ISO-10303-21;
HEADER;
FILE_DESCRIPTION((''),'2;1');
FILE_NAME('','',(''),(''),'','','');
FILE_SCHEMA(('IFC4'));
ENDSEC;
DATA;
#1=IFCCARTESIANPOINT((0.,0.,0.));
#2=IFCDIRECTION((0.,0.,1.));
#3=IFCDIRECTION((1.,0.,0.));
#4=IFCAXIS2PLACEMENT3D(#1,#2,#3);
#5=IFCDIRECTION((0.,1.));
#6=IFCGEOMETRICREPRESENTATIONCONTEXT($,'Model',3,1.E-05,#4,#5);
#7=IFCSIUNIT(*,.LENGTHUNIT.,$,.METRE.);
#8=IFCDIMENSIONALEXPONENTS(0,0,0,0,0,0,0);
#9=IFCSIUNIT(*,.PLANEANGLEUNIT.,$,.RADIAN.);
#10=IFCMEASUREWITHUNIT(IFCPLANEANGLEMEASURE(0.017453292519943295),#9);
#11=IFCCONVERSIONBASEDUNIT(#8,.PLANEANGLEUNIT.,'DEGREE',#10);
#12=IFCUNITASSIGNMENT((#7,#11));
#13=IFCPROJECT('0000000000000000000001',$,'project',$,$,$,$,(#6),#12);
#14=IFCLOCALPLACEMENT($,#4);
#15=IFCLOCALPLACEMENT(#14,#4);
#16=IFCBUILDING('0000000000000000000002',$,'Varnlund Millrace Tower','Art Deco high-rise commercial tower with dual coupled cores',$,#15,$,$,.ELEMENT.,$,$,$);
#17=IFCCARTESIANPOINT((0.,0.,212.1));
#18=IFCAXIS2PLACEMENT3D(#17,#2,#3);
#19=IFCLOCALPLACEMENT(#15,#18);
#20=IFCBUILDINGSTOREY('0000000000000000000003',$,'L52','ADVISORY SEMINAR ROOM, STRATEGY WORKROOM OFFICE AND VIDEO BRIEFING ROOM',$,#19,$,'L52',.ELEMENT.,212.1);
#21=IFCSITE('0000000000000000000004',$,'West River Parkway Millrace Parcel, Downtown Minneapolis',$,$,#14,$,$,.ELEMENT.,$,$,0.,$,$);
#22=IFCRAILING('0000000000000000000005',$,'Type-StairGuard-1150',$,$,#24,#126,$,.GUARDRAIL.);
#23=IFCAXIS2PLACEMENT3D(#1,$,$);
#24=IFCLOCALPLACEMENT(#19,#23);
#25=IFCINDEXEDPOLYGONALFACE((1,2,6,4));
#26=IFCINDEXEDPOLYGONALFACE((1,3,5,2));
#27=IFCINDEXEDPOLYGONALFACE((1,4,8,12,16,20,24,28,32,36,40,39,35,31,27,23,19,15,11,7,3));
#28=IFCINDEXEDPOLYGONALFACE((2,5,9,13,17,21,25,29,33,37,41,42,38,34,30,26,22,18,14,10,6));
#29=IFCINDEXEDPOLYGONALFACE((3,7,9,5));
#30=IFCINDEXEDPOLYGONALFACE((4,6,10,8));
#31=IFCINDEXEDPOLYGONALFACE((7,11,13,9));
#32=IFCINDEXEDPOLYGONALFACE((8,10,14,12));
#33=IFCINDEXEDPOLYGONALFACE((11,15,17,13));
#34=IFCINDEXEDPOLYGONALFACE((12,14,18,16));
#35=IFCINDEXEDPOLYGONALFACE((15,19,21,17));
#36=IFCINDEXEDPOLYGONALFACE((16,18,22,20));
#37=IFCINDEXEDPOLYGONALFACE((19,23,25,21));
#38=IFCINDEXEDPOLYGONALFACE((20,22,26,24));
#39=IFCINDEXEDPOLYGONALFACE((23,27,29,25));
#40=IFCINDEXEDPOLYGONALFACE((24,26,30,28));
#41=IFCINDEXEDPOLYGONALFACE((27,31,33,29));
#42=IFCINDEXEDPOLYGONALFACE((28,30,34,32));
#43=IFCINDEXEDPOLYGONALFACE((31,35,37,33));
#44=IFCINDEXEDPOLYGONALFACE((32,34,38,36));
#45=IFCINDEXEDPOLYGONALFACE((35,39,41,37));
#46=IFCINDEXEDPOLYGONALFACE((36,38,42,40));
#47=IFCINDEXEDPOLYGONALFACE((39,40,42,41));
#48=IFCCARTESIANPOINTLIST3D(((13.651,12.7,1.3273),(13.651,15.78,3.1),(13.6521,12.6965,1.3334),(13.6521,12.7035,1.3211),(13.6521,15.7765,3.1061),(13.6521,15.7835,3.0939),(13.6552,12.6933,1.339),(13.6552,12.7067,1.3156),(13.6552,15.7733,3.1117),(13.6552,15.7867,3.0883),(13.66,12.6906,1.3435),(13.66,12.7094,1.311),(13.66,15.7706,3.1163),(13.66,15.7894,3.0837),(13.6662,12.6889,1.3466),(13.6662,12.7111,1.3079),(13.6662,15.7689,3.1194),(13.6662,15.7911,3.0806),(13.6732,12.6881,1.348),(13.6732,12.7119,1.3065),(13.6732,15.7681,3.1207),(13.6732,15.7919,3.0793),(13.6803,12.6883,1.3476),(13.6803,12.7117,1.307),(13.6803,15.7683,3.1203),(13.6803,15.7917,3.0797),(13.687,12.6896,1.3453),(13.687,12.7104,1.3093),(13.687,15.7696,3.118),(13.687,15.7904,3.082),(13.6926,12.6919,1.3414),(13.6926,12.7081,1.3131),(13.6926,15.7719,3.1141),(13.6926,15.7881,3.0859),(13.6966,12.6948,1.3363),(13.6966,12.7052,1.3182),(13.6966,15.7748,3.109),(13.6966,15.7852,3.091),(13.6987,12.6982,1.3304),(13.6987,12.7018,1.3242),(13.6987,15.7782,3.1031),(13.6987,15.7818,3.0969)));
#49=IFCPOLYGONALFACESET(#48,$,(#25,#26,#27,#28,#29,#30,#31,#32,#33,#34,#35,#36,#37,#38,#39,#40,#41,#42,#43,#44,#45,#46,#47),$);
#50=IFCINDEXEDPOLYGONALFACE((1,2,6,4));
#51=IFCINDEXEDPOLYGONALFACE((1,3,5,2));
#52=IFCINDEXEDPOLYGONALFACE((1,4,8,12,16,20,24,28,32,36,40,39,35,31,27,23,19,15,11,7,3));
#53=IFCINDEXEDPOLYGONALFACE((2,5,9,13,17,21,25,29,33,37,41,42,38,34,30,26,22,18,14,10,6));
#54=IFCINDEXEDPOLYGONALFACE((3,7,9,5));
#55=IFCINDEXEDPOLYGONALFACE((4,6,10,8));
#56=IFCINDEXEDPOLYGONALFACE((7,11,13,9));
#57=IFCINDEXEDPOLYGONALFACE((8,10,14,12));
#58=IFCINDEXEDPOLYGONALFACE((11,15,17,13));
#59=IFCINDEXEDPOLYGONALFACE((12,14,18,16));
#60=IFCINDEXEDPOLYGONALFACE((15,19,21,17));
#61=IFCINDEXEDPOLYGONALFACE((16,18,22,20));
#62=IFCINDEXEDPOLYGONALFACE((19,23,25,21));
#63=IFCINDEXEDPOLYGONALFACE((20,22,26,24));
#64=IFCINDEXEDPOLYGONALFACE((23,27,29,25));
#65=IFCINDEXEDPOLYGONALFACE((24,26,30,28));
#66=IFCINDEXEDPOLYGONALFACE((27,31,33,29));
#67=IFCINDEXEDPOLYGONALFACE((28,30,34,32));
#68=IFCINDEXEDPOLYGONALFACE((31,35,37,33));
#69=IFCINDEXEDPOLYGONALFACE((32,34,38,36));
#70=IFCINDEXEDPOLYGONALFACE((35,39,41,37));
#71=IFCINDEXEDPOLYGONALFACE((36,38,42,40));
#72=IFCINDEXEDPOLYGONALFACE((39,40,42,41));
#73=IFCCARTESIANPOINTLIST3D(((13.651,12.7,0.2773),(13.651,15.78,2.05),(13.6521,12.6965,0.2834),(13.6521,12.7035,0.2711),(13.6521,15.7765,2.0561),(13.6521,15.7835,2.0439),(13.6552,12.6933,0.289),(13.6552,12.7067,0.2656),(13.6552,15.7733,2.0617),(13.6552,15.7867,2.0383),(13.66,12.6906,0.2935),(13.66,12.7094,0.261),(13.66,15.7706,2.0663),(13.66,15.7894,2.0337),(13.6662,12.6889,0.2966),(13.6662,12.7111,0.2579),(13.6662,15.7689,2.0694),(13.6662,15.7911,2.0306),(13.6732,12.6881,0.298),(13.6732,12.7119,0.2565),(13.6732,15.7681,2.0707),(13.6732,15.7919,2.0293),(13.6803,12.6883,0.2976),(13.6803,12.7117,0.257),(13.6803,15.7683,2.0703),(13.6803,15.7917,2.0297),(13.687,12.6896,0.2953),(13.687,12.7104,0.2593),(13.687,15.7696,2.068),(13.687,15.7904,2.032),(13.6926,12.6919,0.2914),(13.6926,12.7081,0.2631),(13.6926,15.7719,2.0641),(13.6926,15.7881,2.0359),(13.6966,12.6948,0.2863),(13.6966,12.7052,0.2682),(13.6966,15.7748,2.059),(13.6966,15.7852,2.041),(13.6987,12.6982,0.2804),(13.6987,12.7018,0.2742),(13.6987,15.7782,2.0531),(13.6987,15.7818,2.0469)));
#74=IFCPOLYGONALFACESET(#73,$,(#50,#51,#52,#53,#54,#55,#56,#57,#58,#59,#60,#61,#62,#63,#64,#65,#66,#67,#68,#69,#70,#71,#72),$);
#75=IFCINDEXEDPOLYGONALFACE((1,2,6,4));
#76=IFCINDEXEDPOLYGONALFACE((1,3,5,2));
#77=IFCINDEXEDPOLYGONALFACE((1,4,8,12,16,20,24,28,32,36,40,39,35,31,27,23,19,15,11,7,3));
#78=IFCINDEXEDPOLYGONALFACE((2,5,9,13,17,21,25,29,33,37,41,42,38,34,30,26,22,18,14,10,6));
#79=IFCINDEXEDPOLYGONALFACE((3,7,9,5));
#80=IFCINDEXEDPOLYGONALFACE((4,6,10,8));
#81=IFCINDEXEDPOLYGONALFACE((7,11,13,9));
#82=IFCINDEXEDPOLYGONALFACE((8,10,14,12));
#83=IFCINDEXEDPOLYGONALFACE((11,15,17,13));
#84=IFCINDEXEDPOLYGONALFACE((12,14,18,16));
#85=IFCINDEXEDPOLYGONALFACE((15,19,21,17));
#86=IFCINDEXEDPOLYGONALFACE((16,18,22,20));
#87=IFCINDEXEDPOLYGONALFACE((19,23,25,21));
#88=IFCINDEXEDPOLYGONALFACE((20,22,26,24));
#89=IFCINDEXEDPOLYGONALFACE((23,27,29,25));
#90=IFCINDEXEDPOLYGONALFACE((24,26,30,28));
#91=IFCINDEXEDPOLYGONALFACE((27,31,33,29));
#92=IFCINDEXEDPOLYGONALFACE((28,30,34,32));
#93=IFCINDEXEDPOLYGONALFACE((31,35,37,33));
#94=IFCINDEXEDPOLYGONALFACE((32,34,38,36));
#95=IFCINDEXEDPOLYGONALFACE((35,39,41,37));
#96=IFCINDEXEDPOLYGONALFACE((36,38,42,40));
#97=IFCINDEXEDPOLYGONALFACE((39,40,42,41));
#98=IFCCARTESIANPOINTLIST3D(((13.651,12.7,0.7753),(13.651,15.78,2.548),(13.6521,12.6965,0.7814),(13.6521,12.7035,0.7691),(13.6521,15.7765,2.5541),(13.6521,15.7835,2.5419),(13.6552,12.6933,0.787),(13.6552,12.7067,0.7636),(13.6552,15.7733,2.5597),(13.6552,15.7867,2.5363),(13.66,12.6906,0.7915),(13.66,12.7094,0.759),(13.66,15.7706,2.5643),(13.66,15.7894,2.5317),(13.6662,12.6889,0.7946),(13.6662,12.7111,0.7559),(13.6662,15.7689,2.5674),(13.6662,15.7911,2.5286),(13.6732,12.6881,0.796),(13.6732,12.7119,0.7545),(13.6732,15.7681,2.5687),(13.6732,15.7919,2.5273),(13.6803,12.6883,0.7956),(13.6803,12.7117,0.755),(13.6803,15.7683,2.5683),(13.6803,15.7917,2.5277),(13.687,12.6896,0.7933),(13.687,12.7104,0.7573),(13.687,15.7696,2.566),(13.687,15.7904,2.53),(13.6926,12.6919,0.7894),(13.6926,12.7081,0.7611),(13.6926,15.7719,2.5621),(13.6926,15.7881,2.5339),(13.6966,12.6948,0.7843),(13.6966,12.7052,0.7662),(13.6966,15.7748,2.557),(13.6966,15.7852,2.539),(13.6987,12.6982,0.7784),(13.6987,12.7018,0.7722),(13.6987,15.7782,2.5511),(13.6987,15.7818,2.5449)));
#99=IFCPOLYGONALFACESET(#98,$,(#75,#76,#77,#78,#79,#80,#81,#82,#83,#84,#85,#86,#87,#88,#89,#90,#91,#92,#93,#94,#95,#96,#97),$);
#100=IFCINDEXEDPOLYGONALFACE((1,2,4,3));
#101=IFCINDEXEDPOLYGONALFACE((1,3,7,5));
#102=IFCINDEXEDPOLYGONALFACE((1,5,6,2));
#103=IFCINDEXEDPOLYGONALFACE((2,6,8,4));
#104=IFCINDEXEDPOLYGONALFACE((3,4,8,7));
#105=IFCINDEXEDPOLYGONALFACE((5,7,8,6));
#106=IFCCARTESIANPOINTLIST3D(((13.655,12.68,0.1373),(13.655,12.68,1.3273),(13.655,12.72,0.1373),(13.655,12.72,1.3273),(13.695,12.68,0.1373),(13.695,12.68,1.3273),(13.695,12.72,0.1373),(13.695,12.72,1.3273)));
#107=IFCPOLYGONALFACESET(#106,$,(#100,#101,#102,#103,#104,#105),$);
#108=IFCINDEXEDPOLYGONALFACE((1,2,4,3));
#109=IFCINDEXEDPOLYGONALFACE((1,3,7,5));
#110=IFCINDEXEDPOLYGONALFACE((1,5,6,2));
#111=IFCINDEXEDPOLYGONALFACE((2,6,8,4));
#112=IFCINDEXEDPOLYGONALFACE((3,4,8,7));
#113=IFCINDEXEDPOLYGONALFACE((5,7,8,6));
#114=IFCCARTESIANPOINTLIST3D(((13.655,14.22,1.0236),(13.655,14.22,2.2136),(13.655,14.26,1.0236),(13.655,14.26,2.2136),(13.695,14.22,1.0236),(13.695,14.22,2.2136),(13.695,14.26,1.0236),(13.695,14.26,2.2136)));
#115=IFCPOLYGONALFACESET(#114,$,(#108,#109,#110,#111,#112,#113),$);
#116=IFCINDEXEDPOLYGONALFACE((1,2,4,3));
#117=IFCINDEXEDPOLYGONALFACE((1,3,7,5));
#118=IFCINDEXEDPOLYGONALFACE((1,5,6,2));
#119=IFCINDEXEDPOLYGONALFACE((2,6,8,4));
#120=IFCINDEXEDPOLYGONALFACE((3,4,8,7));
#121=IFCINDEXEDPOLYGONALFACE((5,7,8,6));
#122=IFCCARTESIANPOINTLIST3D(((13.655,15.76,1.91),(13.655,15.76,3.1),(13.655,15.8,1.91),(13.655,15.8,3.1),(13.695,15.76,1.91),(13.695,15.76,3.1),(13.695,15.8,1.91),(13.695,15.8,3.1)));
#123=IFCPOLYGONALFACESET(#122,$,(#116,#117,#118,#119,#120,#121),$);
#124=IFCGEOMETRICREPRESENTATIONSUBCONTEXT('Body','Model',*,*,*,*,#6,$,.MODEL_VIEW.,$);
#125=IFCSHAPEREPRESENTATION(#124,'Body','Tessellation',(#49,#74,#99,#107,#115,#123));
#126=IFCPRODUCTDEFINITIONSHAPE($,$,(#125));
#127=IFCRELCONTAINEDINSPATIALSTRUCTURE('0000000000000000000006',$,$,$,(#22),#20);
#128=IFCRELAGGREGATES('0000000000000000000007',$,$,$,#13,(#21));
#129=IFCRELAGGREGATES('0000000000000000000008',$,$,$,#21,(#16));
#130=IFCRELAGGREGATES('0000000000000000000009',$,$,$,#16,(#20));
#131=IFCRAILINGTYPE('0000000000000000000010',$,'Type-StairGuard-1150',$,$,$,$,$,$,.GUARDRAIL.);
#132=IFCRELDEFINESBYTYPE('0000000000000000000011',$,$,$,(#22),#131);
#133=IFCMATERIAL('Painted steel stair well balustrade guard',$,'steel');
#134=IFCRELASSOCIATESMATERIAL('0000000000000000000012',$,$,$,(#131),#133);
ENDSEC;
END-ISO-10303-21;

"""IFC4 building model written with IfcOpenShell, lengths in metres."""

from ifc_helpers import new_model, entity, si_unit, converted_unit, direction, frame, origin_with_axes, origin_2d_with_axis, place, context, subcontext, project, spatial, rectangle, circle, extrude, material, type_object, element, save


model = new_model("IFC4")

# Units and contexts
model_context = context("Model", 3, precision=1e-05, world=origin_with_axes(), true_north=direction((0.0, 1.0)))
body_context = subcontext(model_context, "Body", "Model", "MODEL_VIEW")
ifc_project = project(units=[si_unit("LENGTHUNIT", "METRE"), converted_unit("PLANEANGLEUNIT", "DEGREE", entity("IfcPlaneAngleMeasure", 0.017453292519943295), si_unit("PLANEANGLEUNIT", "RADIAN"), dimensions=[0, 0, 0, 0, 0, 0, 0])], contexts=[model_context])

# Site, building, storey
site_placement = place(None, origin_with_axes())
site = spatial("IfcSite", under=ifc_project, at=site_placement, Name="West River Parkway Millrace Parcel, Downtown Minneapolis", CompositionType="ELEMENT", RefElevation=0.0)
building_placement = place(site_placement, origin_with_axes())
building = spatial("IfcBuilding", under=site, at=building_placement, Name="Varnlund Millrace Tower", Description="Art Deco high-rise commercial tower with dual coupled cores", CompositionType="ELEMENT")
storey_placement = place(building_placement, frame((0.0, 0.0, 212.1), z_axis=(0.0, 0.0, 1.0), x_axis=(1.0, 0.0, 0.0)))
storey = spatial("IfcBuildingStorey", under=building, at=storey_placement, Name="L52", Description="ADVISORY SEMINAR ROOM, STRATEGY WORKROOM OFFICE AND VIDEO BRIEFING ROOM", LongName="L52", CompositionType="ELEMENT", Elevation=212.1)

# Railing
ifc_material_1 = material(Name="Painted steel stair well balustrade guard", Category="steel")
railing_type_1 = type_object("IfcRailingType", Name="Type-StairGuard-1150", PredefinedType="GUARDRAIL", material=ifc_material_1)
railing_1_placement = place(storey_placement, frame((0.0, 0.0, -212.1), z_axis=(0.0, 0.0, 1.0), x_axis=(1.0, 0.0, 0.0)))
element("IfcRailing", 1, at=railing_1_placement, inside=storey, type_object=railing_type_1, Name="Type-StairGuard-1150", PredefinedType="GUARDRAIL", context=body_context, shape_type="SweptSolid", body=[
    extrude(circle(Radius=0.024, at=origin_2d_with_axis()), frame((13.675, 12.7, 213.4273), z_axis=(0.0, 0.866696, 0.498836), x_axis=(-1.0, 0.0, 0.0)), (0.0, 0.0, 1.0), 3.5537),
    extrude(circle(Radius=0.024, at=origin_2d_with_axis()), frame((13.675, 12.7, 212.3773), z_axis=(0.0, 0.866696, 0.498836), x_axis=(-1.0, 0.0, 0.0)), (0.0, 0.0, 1.0), 3.5537),
    extrude(circle(Radius=0.024, at=origin_2d_with_axis()), frame((13.675, 12.7, 212.8753), z_axis=(0.0, 0.866696, 0.498836), x_axis=(-1.0, 0.0, 0.0)), (0.0, 0.0, 1.0), 3.5537),
    extrude(rectangle(XDim=0.04, YDim=0.04, at=origin_2d_with_axis()), frame((13.675, 12.7, 212.2373), z_axis=(0.0, 0.0, 1.0), x_axis=(1.0, 0.0, 0.0)), (0.0, 0.0, 1.0), 1.19),
    extrude(rectangle(XDim=0.04, YDim=0.04, at=origin_2d_with_axis()), frame((13.675, 14.24, 213.1236), z_axis=(0.0, 0.0, 1.0), x_axis=(1.0, 0.0, 0.0)), (0.0, 0.0, 1.0), 1.19),
    extrude(rectangle(XDim=0.04, YDim=0.04, at=origin_2d_with_axis()), frame((13.675, 15.78, 214.01), z_axis=(0.0, 0.0, 1.0), x_axis=(1.0, 0.0, 0.0)), (0.0, 0.0, 1.0), 1.19),
])

save(model, "model.ifc")
